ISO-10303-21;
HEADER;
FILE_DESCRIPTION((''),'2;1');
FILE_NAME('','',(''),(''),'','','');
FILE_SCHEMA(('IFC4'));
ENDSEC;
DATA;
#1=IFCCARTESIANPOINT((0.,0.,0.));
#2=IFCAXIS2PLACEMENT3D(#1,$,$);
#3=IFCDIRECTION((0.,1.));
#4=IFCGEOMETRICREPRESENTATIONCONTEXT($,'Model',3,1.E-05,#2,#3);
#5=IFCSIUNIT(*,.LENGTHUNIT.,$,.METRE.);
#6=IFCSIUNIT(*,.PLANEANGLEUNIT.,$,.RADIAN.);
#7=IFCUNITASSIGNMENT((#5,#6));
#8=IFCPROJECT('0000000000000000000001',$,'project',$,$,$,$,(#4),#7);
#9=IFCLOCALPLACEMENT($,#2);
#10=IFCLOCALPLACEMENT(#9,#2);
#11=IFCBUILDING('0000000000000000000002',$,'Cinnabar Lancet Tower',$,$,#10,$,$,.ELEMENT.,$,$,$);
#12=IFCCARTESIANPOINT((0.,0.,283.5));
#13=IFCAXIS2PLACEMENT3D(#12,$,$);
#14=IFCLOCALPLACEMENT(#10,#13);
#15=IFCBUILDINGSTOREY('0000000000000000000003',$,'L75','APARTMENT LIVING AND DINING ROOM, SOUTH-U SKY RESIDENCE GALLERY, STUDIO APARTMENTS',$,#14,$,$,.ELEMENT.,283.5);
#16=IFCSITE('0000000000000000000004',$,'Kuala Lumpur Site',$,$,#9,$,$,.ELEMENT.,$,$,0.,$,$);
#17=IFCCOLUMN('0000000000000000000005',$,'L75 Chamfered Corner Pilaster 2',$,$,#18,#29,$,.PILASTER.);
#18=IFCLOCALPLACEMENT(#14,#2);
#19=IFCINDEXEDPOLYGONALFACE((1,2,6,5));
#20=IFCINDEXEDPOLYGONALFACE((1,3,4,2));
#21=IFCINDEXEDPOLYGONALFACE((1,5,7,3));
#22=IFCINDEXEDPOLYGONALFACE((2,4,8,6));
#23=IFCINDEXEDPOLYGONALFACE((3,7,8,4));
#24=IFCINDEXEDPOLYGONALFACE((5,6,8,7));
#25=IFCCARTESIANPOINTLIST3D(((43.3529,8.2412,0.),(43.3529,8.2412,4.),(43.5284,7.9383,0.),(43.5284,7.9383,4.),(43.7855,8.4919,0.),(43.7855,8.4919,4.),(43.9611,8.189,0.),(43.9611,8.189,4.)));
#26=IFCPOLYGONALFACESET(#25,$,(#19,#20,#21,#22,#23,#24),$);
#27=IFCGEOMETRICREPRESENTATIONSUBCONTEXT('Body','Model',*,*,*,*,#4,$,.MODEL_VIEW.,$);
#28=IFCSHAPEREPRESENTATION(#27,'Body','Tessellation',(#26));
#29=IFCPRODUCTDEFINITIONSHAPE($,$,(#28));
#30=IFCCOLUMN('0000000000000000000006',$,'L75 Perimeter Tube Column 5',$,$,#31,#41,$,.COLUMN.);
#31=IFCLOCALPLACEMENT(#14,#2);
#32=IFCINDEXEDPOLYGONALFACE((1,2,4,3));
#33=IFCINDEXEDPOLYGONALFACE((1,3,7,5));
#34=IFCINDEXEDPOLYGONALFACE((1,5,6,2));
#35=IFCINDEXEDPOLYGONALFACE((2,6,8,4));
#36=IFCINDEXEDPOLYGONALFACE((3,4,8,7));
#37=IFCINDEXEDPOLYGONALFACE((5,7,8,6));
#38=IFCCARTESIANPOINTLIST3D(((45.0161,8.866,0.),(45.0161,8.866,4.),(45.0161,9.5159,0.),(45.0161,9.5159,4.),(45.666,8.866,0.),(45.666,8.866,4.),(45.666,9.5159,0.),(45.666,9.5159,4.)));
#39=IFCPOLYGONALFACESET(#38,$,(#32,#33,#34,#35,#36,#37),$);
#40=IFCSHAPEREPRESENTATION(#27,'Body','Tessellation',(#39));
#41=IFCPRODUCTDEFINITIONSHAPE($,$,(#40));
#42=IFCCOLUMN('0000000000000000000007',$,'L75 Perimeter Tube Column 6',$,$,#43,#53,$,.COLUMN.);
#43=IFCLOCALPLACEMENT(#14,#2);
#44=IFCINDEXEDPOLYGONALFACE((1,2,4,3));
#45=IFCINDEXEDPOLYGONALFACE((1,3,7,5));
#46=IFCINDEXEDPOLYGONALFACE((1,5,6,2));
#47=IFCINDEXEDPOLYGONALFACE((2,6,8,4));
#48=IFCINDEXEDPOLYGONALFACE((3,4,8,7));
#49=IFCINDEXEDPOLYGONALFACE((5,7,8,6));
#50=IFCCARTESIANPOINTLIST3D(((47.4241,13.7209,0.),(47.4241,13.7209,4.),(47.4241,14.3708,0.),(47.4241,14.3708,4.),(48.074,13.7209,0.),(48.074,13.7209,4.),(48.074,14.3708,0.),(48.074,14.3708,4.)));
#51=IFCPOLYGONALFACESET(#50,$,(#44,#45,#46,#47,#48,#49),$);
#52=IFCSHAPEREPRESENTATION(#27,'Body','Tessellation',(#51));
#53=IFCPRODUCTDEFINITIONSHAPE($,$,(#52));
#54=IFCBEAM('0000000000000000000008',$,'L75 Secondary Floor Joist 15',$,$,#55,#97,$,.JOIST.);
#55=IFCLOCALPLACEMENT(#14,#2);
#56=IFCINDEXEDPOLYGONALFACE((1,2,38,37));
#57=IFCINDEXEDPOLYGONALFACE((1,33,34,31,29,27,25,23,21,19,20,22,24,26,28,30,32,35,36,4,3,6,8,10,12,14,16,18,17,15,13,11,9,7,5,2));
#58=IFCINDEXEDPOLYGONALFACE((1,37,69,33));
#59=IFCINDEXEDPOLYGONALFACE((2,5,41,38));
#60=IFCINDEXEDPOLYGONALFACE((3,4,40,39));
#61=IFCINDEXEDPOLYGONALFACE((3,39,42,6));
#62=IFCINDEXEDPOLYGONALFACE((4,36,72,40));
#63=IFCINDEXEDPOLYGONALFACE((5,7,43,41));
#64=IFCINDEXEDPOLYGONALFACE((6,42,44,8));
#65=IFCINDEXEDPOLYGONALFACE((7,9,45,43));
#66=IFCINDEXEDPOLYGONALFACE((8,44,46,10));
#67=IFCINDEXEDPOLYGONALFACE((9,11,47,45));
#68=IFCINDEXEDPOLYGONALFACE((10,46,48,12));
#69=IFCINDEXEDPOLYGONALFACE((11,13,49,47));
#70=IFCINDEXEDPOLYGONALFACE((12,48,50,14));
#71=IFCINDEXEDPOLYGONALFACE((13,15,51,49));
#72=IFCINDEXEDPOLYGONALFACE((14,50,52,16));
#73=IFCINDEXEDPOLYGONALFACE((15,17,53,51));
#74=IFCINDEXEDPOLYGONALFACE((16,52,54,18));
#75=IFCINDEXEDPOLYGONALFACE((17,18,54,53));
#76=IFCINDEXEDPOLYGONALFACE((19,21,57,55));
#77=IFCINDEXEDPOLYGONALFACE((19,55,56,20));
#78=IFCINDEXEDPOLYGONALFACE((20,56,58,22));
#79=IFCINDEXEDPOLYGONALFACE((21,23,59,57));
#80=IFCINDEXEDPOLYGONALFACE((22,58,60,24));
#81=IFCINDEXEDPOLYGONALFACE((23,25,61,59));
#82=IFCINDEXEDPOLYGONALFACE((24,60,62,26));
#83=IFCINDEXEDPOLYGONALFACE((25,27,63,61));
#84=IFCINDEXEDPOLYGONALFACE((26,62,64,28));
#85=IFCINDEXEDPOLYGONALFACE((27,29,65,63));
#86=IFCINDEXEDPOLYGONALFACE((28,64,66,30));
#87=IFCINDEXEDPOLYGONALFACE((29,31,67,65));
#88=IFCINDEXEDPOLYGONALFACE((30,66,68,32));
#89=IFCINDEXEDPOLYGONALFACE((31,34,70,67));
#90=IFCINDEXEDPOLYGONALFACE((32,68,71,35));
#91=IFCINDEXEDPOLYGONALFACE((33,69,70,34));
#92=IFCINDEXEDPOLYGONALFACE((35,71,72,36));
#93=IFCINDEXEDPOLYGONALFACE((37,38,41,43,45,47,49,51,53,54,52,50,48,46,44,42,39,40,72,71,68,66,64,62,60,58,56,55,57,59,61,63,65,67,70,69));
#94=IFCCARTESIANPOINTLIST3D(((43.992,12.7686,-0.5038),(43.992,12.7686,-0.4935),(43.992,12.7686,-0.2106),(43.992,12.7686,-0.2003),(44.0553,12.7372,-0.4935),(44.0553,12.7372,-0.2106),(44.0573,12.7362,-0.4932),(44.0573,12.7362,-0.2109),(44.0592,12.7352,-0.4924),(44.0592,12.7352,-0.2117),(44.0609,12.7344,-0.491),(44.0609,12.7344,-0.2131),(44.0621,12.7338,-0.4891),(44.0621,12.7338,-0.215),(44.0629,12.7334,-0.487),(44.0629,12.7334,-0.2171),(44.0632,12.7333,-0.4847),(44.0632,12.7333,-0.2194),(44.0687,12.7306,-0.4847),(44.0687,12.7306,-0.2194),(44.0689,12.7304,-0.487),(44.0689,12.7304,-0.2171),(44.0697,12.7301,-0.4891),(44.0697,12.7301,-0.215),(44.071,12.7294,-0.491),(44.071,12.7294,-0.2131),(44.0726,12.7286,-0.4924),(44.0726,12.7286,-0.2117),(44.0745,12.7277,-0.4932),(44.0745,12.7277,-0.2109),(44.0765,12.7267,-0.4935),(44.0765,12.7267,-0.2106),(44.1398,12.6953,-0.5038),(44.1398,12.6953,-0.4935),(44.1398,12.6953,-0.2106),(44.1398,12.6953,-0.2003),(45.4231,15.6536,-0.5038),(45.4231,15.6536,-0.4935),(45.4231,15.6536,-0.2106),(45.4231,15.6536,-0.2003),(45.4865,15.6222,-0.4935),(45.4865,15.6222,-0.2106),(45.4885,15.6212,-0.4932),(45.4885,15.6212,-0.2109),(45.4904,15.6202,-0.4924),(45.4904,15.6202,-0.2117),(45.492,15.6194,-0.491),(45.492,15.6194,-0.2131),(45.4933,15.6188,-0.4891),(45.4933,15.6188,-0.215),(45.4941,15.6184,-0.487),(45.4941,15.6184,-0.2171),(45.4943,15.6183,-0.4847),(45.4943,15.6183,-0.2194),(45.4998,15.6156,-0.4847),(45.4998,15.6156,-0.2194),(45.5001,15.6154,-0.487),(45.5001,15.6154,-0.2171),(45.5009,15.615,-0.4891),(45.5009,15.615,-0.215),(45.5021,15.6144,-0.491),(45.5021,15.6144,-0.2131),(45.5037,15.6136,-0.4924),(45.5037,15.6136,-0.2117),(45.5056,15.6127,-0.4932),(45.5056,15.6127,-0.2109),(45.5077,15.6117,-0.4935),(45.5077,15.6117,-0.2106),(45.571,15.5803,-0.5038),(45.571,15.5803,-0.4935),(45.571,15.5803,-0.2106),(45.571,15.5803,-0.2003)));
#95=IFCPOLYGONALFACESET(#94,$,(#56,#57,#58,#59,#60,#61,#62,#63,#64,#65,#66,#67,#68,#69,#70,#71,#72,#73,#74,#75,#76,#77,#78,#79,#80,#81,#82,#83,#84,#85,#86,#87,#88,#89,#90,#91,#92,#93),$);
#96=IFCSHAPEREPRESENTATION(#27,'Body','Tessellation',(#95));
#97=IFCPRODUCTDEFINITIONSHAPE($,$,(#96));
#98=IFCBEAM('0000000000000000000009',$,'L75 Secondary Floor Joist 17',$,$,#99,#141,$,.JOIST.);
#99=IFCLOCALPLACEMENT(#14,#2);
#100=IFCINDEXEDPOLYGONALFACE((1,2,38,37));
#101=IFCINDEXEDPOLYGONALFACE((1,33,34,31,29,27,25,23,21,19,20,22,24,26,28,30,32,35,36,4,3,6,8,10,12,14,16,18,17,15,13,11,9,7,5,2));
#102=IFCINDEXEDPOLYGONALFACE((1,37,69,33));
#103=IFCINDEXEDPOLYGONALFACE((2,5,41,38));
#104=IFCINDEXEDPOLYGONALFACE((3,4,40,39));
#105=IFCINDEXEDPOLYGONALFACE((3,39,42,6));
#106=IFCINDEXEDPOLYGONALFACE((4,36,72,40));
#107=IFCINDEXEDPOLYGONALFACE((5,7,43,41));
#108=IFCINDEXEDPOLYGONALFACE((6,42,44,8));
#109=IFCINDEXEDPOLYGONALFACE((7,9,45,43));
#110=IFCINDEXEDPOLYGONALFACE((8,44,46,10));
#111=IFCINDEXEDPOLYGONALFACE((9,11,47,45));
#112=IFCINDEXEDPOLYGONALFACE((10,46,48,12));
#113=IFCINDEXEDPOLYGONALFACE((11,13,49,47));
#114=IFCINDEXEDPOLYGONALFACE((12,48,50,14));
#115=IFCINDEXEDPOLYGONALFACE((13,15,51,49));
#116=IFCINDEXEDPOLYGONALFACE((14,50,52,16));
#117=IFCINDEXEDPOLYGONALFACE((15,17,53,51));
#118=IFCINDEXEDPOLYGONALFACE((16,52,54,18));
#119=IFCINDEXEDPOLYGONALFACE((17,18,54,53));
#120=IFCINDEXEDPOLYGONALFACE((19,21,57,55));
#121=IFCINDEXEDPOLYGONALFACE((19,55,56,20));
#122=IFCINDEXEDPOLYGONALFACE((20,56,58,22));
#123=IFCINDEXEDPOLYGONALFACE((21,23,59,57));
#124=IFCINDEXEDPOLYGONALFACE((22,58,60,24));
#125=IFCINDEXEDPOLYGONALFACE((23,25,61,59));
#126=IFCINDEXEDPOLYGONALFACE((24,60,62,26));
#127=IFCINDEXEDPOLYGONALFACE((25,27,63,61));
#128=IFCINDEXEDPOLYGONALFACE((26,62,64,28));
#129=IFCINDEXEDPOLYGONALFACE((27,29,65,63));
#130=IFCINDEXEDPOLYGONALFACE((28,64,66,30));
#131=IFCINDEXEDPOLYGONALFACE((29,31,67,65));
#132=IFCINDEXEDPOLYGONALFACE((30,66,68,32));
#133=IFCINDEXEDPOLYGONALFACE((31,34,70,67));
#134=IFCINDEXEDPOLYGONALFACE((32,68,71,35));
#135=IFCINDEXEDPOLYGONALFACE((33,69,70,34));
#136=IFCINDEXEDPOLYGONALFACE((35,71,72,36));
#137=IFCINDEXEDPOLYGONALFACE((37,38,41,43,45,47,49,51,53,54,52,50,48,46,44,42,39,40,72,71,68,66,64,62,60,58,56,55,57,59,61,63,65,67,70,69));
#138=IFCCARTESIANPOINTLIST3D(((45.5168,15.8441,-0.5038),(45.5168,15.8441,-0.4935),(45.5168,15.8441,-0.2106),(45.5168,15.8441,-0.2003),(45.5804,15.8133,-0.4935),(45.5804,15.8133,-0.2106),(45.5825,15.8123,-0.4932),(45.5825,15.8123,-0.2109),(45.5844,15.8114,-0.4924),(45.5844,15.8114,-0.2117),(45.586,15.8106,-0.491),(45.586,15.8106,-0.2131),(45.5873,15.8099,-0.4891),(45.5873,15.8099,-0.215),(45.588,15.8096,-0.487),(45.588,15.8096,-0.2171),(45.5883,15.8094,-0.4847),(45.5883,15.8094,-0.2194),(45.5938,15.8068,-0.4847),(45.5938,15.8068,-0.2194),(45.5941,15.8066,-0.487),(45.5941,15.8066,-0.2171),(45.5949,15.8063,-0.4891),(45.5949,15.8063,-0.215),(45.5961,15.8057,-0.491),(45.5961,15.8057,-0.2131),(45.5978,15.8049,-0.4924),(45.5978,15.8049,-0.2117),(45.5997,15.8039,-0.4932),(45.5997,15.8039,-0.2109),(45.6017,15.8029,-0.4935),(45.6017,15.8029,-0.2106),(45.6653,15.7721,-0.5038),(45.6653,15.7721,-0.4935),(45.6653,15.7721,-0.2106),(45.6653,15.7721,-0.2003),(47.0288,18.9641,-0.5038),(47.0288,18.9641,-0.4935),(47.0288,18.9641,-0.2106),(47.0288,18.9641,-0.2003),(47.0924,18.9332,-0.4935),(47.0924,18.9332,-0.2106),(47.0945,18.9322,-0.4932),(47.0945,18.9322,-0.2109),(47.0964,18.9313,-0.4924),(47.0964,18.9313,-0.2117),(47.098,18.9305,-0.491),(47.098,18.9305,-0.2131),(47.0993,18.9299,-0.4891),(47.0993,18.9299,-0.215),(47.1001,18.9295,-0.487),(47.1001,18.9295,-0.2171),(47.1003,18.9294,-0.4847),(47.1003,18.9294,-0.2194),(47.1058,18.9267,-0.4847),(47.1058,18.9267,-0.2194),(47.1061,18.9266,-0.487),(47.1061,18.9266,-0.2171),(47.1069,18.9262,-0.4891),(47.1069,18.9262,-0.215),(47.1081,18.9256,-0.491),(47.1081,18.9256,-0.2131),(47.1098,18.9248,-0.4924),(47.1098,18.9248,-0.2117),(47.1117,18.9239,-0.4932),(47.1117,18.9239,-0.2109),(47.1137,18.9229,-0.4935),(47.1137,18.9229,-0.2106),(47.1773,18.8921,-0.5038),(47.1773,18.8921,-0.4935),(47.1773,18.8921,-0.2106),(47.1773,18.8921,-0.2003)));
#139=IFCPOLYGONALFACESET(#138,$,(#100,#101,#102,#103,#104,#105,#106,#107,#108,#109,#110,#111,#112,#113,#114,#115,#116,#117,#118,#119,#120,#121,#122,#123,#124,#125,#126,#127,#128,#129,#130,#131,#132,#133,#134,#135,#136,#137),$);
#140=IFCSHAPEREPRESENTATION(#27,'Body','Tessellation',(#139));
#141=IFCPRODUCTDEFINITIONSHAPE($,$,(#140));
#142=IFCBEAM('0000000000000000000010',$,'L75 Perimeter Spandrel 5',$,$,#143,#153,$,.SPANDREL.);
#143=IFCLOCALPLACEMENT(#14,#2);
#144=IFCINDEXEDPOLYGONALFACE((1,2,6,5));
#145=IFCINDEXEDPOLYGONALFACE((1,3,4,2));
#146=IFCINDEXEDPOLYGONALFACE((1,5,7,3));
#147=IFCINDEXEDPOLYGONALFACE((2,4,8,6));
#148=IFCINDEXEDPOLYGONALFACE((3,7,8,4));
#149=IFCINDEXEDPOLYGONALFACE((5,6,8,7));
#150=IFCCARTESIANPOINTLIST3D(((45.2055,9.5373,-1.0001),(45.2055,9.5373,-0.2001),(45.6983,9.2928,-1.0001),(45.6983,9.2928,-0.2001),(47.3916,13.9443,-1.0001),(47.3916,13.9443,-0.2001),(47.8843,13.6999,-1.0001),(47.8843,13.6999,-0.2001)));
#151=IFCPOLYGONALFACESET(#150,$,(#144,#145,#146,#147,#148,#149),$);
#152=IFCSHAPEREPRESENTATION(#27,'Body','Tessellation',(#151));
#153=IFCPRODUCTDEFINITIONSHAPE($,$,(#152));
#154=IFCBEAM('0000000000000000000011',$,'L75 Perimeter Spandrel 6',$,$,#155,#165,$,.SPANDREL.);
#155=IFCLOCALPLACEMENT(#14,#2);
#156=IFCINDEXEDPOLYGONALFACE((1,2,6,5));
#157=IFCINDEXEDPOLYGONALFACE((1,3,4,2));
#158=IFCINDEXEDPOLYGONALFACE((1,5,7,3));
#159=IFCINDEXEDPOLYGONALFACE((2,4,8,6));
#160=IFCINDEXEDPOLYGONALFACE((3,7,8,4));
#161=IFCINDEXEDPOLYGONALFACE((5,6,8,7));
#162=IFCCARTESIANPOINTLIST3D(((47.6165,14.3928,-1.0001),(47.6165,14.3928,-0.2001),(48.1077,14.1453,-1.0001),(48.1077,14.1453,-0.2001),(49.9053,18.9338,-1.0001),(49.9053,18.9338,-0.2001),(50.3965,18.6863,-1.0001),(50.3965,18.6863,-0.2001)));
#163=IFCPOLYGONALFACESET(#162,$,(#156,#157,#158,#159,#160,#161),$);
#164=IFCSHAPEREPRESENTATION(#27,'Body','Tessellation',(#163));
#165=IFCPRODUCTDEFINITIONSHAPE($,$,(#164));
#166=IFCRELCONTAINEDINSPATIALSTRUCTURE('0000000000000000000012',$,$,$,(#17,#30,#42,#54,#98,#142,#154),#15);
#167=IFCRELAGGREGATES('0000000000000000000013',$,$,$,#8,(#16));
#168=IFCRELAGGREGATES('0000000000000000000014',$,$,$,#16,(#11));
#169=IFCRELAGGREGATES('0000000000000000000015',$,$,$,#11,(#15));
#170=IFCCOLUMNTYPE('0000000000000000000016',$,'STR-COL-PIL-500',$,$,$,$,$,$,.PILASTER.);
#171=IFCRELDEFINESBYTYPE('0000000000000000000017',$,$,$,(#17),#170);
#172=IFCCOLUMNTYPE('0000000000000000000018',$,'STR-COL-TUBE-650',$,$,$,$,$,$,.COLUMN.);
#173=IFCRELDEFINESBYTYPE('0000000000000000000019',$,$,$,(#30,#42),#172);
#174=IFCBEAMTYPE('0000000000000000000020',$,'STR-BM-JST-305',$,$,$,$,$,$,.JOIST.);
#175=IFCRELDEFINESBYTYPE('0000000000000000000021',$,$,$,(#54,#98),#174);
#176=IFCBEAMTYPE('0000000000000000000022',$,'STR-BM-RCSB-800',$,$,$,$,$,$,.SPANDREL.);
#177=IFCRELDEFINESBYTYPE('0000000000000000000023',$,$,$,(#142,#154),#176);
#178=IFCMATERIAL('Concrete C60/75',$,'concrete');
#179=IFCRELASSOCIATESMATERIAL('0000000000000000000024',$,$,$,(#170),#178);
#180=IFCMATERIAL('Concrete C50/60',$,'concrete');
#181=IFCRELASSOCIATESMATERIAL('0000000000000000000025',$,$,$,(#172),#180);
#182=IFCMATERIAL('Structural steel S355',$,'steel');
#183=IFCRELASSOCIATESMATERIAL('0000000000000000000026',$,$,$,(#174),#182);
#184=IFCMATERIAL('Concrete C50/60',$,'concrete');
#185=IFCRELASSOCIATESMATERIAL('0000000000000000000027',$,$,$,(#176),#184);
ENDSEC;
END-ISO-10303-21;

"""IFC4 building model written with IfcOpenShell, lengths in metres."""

from ifc_helpers import new_model, si_unit, direction, frame, origin, origin_2d, place, context, subcontext, project, spatial, rectangle, i_section, extrude, material, material_profile, profile_set, type_object, element, save


model = new_model("IFC4")

# Units and contexts
model_context = context("Model", 3, precision=1e-05, world=origin(), true_north=direction((0.0, 1.0)))
body_context = subcontext(model_context, "Body", "Model", "MODEL_VIEW")
ifc_project = project(units=[si_unit("LENGTHUNIT", "METRE"), si_unit("PLANEANGLEUNIT", "RADIAN")], contexts=[model_context])

# Site, building, storey
site_placement = place(None, origin())
site = spatial("IfcSite", under=ifc_project, at=site_placement, Name="Kuala Lumpur Site", CompositionType="ELEMENT", RefElevation=0.0)
building_placement = place(site_placement, origin())
building = spatial("IfcBuilding", under=site, at=building_placement, Name="Cinnabar Lancet Tower", CompositionType="ELEMENT")
storey_placement = place(building_placement, frame((0.0, 0.0, 283.5)))
storey = spatial("IfcBuildingStorey", under=building, at=storey_placement, Name="L75", Description="APARTMENT LIVING AND DINING ROOM, SOUTH-U SKY RESIDENCE GALLERY, STUDIO APARTMENTS", CompositionType="ELEMENT", Elevation=283.5)

# Columns
ifc_material_1 = material(Name="Concrete C60/75", Category="concrete")
ifc_material_profile_1 = material_profile(ifc_material_1, rectangle(XDim=0.5, YDim=0.3501, at=origin_2d()), Name="RC-PIL 500x350")
ifc_profile_set_1 = profile_set([ifc_material_profile_1], Name="Concrete C60/75")
column_type_1 = type_object("IfcColumnType", Name="STR-COL-PIL-500", PredefinedType="PILASTER", material=ifc_profile_set_1)
column_placement = place(storey_placement, frame((43.657, 8.2151, 0.0), z_axis=(0.0, 0.0, 1.0), x_axis=(0.865256, 0.50133, 0.0)))
element("IfcColumn", 1, at=column_placement, inside=storey, type_object=column_type_1, Name="L75 Chamfered Corner Pilaster 2", PredefinedType="PILASTER", context=body_context, shape_type="SweptSolid", body=[
    extrude(rectangle(XDim=0.5, YDim=0.3501, at=origin_2d()), origin(), (0.0, 0.0, 1.0), 4.0),
])
ifc_material_2 = material(Name="Concrete C50/60", Category="concrete")
ifc_material_profile_2 = material_profile(ifc_material_2, rectangle(XDim=0.6499, YDim=0.6499, at=origin_2d()), Name="RC-COL 650x650")
ifc_profile_set_2 = profile_set([ifc_material_profile_2], Name="Concrete C50/60")
column_type_2 = type_object("IfcColumnType", Name="STR-COL-TUBE-650", PredefinedType="COLUMN", material=ifc_profile_set_2)
for number, where, z_axis, x_axis, name in (
    (2, (45.3411, 9.1909, 0.0), (0.0, 0.0, 1.0), (1.0, 0.0, 0.0), "L75 Perimeter Tube Column 5"),
    (3, (47.749, 14.0459, 0.0), (0.0, 0.0, 1.0), (1.0, 0.0, 0.0), "L75 Perimeter Tube Column 6"),
):
    element("IfcColumn", number, at=place(storey_placement, frame(where, z_axis=z_axis, x_axis=x_axis)), inside=storey, type_object=column_type_2, Name=name, PredefinedType="COLUMN", context=body_context, shape_type="SweptSolid", body=[
        extrude(rectangle(XDim=0.6499, YDim=0.6499, at=origin_2d()), origin(), (0.0, 0.0, 1.0), 4.0),
    ])

# Beams
ifc_material_3 = material(Name="Structural steel S355", Category="steel")
ifc_material_profile_3 = material_profile(ifc_material_3, i_section(OverallWidth=0.165, OverallDepth=0.3035, WebThickness=0.0061, FlangeThickness=0.0103, FilletRadius=0.0088, at=origin_2d()), Name="UKB 305x165x40")
ifc_profile_set_3 = profile_set([ifc_material_profile_3], Name="Structural steel S355")
beam_type_1 = type_object("IfcBeamType", Name="STR-BM-JST-305", PredefinedType="JOIST", material=ifc_profile_set_3)
beam_1_placement = place(storey_placement, frame((44.0659, 12.7319, -0.3521), z_axis=(0.444391, 0.895833, 0.0), x_axis=(-0.895833, 0.444391, 0.0)))
element("IfcBeam", 4, at=beam_1_placement, inside=storey, type_object=beam_type_1, Name="L75 Secondary Floor Joist 15", PredefinedType="JOIST", context=body_context, shape_type="SweptSolid", body=[
    extrude(i_section(OverallWidth=0.165, OverallDepth=0.3035, WebThickness=0.0061, FlangeThickness=0.0103, FilletRadius=0.0088, at=origin_2d()), origin(), (0.0, 0.0, 1.0), 3.2205),
])
beam_2_placement = place(storey_placement, frame((45.5911, 15.8081, -0.3521), z_axis=(0.436109, 0.899894, 0.0), x_axis=(-0.899894, 0.436109, 0.0)))
element("IfcBeam", 5, at=beam_2_placement, inside=storey, type_object=beam_type_1, Name="L75 Secondary Floor Joist 17", PredefinedType="JOIST", context=body_context, shape_type="SweptSolid", body=[
    extrude(i_section(OverallWidth=0.165, OverallDepth=0.3035, WebThickness=0.0061, FlangeThickness=0.0103, FilletRadius=0.0088, at=origin_2d()), origin(), (0.0, 0.0, 1.0), 3.467),
])
ifc_material_4 = material(Name="Concrete C50/60", Category="concrete")
ifc_material_profile_4 = material_profile(ifc_material_4, rectangle(XDim=0.55, YDim=0.8, at=origin_2d()), Name="RC-SB 550x800")
ifc_profile_set_4 = profile_set([ifc_material_profile_4], Name="Concrete C50/60")
beam_type_2 = type_object("IfcBeamType", Name="STR-BM-RCSB-800", PredefinedType="SPANDREL", material=ifc_profile_set_4)
beam_3_placement = place(storey_placement, frame((45.4519, 9.415, -0.6001), z_axis=(0.444373, 0.895842, 0.0), x_axis=(-0.895842, 0.444373, 0.0)))
element("IfcBeam", 6, at=beam_3_placement, inside=storey, type_object=beam_type_2, Name="L75 Perimeter Spandrel 5", PredefinedType="SPANDREL", context=body_context, shape_type="SweptSolid", body=[
    extrude(rectangle(XDim=0.55, YDim=0.8, at=origin_2d()), origin(), (0.0, 0.0, 1.0), 4.9194),
])
beam_4_placement = place(storey_placement, frame((47.8621, 14.269, -0.6001), z_axis=(0.450092, 0.892982, 0.0), x_axis=(-0.892982, 0.450092, 0.0)))
element("IfcBeam", 7, at=beam_4_placement, inside=storey, type_object=beam_type_2, Name="L75 Perimeter Spandrel 6", PredefinedType="SPANDREL", context=body_context, shape_type="SweptSolid", body=[
    extrude(rectangle(XDim=0.55, YDim=0.8, at=origin_2d()), origin(), (0.0, 0.0, 1.0), 5.0852),
])

save(model, "model.ifc")
